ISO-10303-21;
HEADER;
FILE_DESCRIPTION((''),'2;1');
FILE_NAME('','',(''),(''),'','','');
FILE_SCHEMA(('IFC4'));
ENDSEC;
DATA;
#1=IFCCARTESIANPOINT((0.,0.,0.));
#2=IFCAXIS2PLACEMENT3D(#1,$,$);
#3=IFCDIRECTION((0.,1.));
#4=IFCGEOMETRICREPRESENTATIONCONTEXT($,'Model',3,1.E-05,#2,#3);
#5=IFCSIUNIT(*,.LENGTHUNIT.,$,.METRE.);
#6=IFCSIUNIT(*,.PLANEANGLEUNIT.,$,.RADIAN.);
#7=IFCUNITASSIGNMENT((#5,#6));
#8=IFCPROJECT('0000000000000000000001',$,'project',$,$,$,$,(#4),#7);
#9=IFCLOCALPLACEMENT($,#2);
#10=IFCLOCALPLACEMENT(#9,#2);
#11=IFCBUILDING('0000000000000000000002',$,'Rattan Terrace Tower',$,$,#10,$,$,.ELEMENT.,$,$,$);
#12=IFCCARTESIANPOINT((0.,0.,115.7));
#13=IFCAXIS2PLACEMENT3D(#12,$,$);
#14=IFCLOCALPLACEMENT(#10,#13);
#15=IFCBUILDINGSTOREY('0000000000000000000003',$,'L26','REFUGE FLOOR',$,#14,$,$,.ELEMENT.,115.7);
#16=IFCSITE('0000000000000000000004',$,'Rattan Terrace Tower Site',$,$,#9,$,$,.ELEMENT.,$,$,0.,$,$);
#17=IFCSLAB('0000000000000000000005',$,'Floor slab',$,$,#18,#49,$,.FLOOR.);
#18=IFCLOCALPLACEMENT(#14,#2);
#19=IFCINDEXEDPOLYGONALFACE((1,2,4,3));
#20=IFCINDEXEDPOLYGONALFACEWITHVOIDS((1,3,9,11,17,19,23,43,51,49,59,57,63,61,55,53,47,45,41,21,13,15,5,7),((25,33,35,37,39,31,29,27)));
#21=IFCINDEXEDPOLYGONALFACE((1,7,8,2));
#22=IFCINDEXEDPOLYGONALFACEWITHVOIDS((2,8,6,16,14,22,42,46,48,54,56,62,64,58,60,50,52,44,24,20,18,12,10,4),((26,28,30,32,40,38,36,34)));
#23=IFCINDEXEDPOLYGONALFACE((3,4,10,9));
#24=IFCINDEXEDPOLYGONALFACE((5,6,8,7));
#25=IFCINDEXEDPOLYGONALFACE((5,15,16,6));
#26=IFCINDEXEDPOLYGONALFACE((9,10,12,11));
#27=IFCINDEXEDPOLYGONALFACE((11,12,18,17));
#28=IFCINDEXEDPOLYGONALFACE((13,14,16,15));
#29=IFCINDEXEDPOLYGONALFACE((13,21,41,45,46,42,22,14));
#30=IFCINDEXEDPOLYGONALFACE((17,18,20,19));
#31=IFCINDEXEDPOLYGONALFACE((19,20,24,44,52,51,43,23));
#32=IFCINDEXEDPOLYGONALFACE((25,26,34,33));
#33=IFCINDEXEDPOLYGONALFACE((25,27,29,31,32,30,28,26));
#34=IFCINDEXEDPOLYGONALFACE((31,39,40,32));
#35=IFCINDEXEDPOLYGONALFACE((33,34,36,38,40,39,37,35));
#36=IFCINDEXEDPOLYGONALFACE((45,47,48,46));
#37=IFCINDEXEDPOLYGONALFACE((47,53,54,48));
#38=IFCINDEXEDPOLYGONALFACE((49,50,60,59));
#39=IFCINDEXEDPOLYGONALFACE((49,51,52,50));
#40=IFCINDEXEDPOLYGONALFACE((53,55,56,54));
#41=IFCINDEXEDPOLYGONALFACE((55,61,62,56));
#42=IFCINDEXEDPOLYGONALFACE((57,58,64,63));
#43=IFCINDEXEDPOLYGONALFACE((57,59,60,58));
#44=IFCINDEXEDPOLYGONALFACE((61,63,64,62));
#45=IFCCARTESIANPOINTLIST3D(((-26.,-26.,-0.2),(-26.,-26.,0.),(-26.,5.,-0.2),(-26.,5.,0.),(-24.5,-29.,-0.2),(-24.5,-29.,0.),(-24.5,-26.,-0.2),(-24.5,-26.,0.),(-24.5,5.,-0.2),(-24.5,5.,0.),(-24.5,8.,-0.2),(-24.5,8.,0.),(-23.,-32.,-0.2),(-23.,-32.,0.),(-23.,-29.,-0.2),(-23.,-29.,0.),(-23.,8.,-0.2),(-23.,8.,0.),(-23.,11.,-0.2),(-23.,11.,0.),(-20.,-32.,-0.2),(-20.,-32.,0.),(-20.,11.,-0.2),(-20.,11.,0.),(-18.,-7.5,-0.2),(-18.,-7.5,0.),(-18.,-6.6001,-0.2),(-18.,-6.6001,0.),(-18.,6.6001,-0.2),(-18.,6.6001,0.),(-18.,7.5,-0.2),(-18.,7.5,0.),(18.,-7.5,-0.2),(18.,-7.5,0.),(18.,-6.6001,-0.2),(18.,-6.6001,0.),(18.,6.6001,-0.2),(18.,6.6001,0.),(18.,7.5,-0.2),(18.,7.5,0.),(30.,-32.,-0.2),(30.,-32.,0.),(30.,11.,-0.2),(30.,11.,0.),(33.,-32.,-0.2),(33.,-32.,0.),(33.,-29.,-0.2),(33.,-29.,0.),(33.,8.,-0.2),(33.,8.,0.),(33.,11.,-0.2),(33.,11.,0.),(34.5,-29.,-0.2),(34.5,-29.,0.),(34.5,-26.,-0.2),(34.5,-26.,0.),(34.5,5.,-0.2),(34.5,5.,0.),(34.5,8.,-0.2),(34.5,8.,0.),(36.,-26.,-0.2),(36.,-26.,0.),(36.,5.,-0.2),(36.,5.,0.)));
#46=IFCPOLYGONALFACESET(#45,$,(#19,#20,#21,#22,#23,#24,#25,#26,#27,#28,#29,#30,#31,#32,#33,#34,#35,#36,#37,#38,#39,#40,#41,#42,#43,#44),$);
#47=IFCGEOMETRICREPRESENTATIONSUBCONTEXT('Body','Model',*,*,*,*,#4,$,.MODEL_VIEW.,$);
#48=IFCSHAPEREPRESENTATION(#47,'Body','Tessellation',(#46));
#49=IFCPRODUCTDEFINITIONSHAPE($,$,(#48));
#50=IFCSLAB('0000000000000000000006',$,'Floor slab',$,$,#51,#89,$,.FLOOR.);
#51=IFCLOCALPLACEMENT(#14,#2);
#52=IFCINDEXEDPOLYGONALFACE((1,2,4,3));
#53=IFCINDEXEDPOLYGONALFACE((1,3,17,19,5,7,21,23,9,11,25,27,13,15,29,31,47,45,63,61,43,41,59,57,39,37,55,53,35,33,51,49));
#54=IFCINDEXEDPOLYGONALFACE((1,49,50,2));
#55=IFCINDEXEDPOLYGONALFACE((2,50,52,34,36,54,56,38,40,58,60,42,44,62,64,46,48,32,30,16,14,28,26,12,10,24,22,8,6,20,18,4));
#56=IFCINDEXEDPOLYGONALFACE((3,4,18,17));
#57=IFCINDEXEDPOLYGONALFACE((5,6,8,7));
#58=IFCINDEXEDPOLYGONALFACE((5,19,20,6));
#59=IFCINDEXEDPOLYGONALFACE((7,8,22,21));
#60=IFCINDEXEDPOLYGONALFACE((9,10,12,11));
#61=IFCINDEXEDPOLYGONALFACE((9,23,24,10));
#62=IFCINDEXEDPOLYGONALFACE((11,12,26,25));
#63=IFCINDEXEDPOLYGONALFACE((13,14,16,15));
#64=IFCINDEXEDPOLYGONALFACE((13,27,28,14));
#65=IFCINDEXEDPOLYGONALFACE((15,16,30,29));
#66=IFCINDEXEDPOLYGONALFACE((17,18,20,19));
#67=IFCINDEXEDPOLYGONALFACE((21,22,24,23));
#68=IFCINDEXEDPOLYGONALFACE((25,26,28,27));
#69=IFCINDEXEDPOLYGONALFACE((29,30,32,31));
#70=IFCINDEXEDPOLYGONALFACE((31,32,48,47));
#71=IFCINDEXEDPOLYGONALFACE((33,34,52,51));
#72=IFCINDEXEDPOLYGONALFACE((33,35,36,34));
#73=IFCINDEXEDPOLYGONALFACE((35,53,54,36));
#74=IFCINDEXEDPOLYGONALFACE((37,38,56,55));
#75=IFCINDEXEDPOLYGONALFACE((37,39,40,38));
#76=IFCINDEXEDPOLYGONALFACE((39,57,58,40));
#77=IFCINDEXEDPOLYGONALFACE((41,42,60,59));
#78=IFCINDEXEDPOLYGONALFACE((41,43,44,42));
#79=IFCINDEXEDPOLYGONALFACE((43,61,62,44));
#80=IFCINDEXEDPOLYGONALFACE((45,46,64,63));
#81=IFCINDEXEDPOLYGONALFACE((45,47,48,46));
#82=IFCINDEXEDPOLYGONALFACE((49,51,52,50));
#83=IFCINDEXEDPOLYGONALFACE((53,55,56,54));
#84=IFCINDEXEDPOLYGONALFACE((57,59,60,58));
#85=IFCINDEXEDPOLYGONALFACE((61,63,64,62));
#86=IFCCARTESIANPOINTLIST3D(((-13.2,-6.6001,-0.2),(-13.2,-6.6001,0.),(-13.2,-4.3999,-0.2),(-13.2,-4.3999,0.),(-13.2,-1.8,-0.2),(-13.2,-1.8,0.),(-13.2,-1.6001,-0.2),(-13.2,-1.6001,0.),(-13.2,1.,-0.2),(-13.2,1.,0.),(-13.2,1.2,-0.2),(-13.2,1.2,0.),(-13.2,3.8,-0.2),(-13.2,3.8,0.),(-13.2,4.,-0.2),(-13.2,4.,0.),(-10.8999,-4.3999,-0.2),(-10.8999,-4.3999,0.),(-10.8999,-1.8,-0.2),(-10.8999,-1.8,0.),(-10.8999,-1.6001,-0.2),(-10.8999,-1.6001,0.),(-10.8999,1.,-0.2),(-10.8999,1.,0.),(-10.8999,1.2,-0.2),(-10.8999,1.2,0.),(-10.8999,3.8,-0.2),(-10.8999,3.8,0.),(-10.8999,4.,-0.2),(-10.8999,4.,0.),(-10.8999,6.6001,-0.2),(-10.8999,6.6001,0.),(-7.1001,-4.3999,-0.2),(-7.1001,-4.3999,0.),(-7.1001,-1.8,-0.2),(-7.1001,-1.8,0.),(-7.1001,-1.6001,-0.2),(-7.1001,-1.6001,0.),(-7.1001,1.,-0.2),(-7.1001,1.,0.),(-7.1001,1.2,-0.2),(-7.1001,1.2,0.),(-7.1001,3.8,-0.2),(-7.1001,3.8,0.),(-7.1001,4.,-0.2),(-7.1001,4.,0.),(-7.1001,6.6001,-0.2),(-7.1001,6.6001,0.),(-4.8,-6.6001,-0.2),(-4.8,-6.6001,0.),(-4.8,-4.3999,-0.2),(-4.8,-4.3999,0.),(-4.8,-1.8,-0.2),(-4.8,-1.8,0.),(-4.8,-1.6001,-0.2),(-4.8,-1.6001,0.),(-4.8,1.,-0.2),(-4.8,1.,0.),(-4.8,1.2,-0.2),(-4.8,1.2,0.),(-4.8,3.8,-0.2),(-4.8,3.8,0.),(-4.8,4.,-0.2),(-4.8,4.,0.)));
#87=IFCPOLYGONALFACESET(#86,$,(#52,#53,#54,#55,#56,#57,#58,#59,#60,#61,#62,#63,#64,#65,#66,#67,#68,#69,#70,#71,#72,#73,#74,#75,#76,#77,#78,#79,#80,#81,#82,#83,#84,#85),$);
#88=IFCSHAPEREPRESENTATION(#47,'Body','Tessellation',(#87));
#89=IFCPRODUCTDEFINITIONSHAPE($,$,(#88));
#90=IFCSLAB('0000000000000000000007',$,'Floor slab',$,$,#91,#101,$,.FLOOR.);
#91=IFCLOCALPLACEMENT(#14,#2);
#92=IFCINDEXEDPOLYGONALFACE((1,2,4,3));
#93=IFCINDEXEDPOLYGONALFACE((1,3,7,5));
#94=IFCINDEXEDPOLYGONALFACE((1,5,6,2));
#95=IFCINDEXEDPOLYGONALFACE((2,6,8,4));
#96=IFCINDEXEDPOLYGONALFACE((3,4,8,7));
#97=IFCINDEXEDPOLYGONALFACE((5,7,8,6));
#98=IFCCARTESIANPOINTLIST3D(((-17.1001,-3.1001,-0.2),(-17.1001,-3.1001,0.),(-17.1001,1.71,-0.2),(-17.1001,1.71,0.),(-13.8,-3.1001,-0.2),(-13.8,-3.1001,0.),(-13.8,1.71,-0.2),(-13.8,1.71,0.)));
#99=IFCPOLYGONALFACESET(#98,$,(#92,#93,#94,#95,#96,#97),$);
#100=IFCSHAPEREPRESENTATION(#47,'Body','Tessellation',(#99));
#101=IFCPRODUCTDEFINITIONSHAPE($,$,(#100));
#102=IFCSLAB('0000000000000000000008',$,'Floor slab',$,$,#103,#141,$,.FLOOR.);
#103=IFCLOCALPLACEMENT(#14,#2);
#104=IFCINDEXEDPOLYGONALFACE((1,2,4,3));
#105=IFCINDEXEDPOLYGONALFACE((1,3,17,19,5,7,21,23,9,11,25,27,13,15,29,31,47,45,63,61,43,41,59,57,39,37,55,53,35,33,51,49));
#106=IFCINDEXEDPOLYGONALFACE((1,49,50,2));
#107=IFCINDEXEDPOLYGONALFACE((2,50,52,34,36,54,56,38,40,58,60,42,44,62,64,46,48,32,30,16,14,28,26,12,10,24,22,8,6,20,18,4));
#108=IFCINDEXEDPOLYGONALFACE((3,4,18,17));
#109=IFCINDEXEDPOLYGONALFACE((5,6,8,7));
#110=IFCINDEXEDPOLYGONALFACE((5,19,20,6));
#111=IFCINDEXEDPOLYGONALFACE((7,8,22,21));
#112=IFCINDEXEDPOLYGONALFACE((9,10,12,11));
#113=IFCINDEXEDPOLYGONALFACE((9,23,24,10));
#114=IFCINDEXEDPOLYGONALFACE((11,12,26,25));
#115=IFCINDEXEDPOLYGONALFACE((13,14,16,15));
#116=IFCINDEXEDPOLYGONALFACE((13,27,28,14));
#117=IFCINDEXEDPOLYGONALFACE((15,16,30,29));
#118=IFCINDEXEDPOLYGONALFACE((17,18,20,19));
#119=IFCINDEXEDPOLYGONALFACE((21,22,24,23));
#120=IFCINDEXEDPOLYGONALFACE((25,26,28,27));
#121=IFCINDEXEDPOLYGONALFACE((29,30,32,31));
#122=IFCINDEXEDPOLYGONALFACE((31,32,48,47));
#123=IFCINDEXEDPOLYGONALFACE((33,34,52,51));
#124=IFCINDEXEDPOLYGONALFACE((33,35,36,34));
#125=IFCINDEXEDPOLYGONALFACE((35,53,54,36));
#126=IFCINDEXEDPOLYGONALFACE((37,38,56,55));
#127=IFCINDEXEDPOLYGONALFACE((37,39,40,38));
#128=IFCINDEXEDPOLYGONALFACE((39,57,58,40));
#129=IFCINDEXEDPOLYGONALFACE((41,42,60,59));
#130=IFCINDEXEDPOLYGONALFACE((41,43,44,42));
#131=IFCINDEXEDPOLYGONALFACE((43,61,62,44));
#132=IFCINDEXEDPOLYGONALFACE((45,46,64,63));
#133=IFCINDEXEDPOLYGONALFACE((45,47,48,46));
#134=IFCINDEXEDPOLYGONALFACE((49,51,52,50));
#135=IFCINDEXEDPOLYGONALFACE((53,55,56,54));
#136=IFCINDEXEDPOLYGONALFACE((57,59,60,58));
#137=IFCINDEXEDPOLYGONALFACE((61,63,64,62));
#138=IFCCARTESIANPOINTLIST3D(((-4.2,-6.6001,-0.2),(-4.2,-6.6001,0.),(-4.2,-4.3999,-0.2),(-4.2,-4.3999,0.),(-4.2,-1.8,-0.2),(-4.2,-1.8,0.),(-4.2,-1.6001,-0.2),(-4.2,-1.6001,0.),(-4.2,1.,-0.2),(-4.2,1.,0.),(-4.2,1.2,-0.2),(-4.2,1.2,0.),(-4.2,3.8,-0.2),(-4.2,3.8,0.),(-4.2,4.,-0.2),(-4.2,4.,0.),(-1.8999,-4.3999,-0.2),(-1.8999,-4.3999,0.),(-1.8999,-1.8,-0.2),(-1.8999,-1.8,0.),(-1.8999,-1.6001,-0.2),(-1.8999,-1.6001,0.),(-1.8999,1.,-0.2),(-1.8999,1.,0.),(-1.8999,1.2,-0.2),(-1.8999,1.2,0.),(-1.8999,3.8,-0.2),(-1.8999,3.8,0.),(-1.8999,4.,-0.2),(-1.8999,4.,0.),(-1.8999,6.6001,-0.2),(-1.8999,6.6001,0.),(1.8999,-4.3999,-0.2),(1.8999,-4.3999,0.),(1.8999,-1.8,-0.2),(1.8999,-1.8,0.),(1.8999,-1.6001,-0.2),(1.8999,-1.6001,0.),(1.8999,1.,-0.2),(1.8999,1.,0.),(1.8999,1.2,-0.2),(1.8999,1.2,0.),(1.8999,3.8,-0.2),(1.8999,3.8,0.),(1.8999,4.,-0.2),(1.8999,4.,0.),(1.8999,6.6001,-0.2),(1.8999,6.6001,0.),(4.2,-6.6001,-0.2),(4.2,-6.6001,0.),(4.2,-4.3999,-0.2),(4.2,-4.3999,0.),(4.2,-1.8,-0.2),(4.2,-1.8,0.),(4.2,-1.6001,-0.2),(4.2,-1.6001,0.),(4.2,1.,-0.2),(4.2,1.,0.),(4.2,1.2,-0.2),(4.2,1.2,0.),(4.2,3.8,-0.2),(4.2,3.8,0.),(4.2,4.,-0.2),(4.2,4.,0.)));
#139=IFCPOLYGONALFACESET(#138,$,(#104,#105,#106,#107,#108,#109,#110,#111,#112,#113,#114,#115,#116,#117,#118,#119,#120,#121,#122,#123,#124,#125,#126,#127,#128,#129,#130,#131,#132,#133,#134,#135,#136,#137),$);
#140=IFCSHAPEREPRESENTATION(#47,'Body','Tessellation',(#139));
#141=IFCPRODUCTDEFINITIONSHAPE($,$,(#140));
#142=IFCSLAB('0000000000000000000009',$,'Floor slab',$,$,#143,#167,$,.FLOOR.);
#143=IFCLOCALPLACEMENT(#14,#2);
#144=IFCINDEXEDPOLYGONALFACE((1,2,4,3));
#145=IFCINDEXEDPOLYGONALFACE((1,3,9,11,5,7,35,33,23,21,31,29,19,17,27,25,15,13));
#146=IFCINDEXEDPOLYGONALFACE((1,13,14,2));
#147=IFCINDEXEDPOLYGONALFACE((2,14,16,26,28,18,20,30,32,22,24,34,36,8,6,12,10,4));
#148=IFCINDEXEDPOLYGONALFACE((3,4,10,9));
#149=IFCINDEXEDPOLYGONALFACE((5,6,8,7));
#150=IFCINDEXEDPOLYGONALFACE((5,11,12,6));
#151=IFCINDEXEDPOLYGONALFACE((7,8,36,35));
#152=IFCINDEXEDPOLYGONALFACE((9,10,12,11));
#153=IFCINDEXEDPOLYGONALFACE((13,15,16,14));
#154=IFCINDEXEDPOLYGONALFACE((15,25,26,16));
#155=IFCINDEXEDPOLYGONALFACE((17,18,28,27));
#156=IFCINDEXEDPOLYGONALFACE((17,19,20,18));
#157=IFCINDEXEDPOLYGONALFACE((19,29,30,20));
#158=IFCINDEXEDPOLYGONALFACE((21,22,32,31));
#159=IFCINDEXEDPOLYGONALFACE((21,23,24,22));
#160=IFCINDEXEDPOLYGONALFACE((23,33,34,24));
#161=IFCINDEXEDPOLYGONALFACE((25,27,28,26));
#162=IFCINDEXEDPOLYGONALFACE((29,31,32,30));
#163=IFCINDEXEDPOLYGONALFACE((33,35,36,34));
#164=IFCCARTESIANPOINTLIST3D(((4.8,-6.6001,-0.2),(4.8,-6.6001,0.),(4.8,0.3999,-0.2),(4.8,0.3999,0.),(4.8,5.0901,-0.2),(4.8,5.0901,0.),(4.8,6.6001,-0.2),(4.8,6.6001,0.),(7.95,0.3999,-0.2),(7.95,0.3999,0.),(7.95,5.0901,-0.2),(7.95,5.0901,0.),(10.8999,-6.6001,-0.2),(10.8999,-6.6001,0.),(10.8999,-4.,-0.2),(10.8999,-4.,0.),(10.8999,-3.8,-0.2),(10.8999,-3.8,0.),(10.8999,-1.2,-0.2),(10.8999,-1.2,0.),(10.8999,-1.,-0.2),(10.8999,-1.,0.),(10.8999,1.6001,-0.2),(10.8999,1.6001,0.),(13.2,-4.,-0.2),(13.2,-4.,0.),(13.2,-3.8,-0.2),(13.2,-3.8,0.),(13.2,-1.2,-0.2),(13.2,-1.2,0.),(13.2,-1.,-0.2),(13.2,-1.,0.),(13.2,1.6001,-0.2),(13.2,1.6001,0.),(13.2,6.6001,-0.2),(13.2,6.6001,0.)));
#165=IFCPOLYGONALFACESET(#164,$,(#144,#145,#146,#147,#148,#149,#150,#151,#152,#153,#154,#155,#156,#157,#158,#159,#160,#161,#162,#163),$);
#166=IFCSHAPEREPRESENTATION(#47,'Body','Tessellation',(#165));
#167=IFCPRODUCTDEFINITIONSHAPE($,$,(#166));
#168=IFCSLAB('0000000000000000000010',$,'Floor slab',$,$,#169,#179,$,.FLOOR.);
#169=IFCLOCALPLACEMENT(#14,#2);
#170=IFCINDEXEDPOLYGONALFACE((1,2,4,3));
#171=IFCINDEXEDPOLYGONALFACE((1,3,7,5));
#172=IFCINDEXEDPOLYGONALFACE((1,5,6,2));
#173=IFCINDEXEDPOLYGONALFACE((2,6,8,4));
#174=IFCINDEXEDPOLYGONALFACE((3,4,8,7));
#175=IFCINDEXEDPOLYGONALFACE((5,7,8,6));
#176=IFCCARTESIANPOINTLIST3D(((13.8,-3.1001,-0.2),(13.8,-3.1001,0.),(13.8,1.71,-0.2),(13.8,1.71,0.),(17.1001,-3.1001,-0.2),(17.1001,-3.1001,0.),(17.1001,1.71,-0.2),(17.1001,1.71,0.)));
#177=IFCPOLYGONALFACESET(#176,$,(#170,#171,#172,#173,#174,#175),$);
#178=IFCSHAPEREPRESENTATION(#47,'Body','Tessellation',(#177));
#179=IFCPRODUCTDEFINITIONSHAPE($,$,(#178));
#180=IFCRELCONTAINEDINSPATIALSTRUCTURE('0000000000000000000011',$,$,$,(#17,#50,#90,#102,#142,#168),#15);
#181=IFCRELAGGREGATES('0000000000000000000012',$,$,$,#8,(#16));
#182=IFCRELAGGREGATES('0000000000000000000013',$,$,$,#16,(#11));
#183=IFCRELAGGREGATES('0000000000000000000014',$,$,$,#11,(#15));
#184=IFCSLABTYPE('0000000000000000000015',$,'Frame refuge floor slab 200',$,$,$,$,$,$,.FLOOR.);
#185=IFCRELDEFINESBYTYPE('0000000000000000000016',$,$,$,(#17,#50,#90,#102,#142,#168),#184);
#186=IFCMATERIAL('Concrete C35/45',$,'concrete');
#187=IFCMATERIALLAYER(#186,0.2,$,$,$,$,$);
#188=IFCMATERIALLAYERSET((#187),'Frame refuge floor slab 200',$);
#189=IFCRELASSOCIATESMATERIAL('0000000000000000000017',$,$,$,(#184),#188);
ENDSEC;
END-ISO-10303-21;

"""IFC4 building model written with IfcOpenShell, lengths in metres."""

from ifc_helpers import new_model, si_unit, direction, frame, origin, place, context, subcontext, project, spatial, polyline, outline, extrude, material, layer, layer_set, type_object, element, save


model = new_model("IFC4")

# Units and contexts
model_context = context("Model", 3, precision=1e-05, world=origin(), true_north=direction((0.0, 1.0)))
body_context = subcontext(model_context, "Body", "Model", "MODEL_VIEW")
ifc_project = project(units=[si_unit("LENGTHUNIT", "METRE"), si_unit("PLANEANGLEUNIT", "RADIAN")], contexts=[model_context])

# Site, building, storey
site_placement = place(None, origin())
site = spatial("IfcSite", under=ifc_project, at=site_placement, Name="Rattan Terrace Tower Site", CompositionType="ELEMENT", RefElevation=0.0)
building_placement = place(site_placement, origin())
building = spatial("IfcBuilding", under=site, at=building_placement, Name="Rattan Terrace Tower", CompositionType="ELEMENT")
storey_placement = place(building_placement, frame((0.0, 0.0, 115.7)))
storey = spatial("IfcBuildingStorey", under=building, at=storey_placement, Name="L26", Description="REFUGE FLOOR", CompositionType="ELEMENT", Elevation=115.7)

# Slabs
ifc_material_1 = material(Name="Concrete C35/45", Category="concrete")
ifc_layer_1 = layer(ifc_material_1, 0.2)
ifc_layer_set_1 = layer_set([ifc_layer_1], Name="Frame refuge floor slab 200")
slab_type_1 = type_object("IfcSlabType", Name="Frame refuge floor slab 200", PredefinedType="FLOOR", material=ifc_layer_set_1)
slab_1_placement = place(storey_placement, frame((0.0, 0.0, -0.2)))
element("IfcSlab", 1, at=slab_1_placement, inside=storey, type_object=slab_type_1, Name="Floor slab", PredefinedType="FLOOR", context=body_context, shape_type="SweptSolid", body=[
    extrude(outline(polyline([(-20.0, -32.0), (30.0, -32.0), (33.0, -32.0), (33.0, -29.0), (34.5, -29.0), (34.5, -26.0), (36.0, -26.0), (36.0, 5.0), (34.5, 5.0), (34.5, 8.0), (33.0, 8.0), (33.0, 11.0), (30.0, 11.0), (-20.0, 11.0), (-23.0, 11.0), (-23.0, 8.0), (-24.5, 8.0), (-24.5, 5.0), (-26.0, 5.0), (-26.0, -26.0), (-24.5, -26.0), (-24.5, -29.0), (-23.0, -29.0), (-23.0, -32.0), (-20.0, -32.0)]), holes=[polyline([(-18.0, -6.6001), (-18.0, -7.5), (18.0, -7.5), (18.0, -6.6001), (18.0, 6.6001), (18.0, 7.5), (-18.0, 7.5), (-18.0, 6.6001), (-18.0, -6.6001)])]), origin(), (0.0, 0.0, 1.0), 0.2),
])
slab_2_placement = place(storey_placement, frame((0.0, 0.0, -0.2)))
element("IfcSlab", 2, at=slab_2_placement, inside=storey, type_object=slab_type_1, Name="Floor slab", PredefinedType="FLOOR", context=body_context, shape_type="SweptSolid", body=[
    extrude(outline(polyline([(-10.8999, 6.6001), (-10.8999, 4.0), (-13.2, 4.0), (-13.2, 3.8), (-10.8999, 3.8), (-10.8999, 1.2), (-13.2, 1.2), (-13.2, 1.0), (-10.8999, 1.0), (-10.8999, -1.6001), (-13.2, -1.6001), (-13.2, -1.8), (-10.8999, -1.8), (-10.8999, -4.3999), (-13.2, -4.3999), (-13.2, -6.6001), (-4.8, -6.6001), (-4.8, -4.3999), (-7.1001, -4.3999), (-7.1001, -1.8), (-4.8, -1.8), (-4.8, -1.6001), (-7.1001, -1.6001), (-7.1001, 1.0), (-4.8, 1.0), (-4.8, 1.2), (-7.1001, 1.2), (-7.1001, 3.8), (-4.8, 3.8), (-4.8, 4.0), (-7.1001, 4.0), (-7.1001, 6.6001), (-10.8999, 6.6001)])), origin(), (0.0, 0.0, 1.0), 0.2),
])
slab_3_placement = place(storey_placement, frame((0.0, 0.0, -0.2)))
element("IfcSlab", 3, at=slab_3_placement, inside=storey, type_object=slab_type_1, Name="Floor slab", PredefinedType="FLOOR", context=body_context, shape_type="SweptSolid", body=[
    extrude(outline(polyline([(-17.1001, -3.1001), (-13.8, -3.1001), (-13.8, 1.71), (-17.1001, 1.71), (-17.1001, -3.1001)])), origin(), (0.0, 0.0, 1.0), 0.2),
])
slab_4_placement = place(storey_placement, frame((0.0, 0.0, -0.2)))
element("IfcSlab", 4, at=slab_4_placement, inside=storey, type_object=slab_type_1, Name="Floor slab", PredefinedType="FLOOR", context=body_context, shape_type="SweptSolid", body=[
    extrude(outline(polyline([(-4.2, 4.0), (-4.2, 3.8), (-1.8999, 3.8), (-1.8999, 1.2), (-4.2, 1.2), (-4.2, 1.0), (-1.8999, 1.0), (-1.8999, -1.6001), (-4.2, -1.6001), (-4.2, -1.8), (-1.8999, -1.8), (-1.8999, -4.3999), (-4.2, -4.3999), (-4.2, -6.6001), (4.2, -6.6001), (4.2, -4.3999), (1.8999, -4.3999), (1.8999, -1.8), (4.2, -1.8), (4.2, -1.6001), (1.8999, -1.6001), (1.8999, 1.0), (4.2, 1.0), (4.2, 1.2), (1.8999, 1.2), (1.8999, 3.8), (4.2, 3.8), (4.2, 4.0), (1.8999, 4.0), (1.8999, 6.6001), (-1.8999, 6.6001), (-1.8999, 4.0), (-4.2, 4.0)])), origin(), (0.0, 0.0, 1.0), 0.2),
])
slab_5_placement = place(storey_placement, frame((0.0, 0.0, -0.2)))
element("IfcSlab", 5, at=slab_5_placement, inside=storey, type_object=slab_type_1, Name="Floor slab", PredefinedType="FLOOR", context=body_context, shape_type="SweptSolid", body=[
    extrude(outline(polyline([(4.8, 5.0901), (7.95, 5.0901), (7.95, 0.3999), (4.8, 0.3999), (4.8, -6.6001), (10.8999, -6.6001), (10.8999, -4.0), (13.2, -4.0), (13.2, -3.8), (10.8999, -3.8), (10.8999, -1.2), (13.2, -1.2), (13.2, -1.0), (10.8999, -1.0), (10.8999, 1.6001), (13.2, 1.6001), (13.2, 6.6001), (4.8, 6.6001), (4.8, 5.0901)])), origin(), (0.0, 0.0, 1.0), 0.2),
])
slab_6_placement = place(storey_placement, frame((0.0, 0.0, -0.2)))
element("IfcSlab", 6, at=slab_6_placement, inside=storey, type_object=slab_type_1, Name="Floor slab", PredefinedType="FLOOR", context=body_context, shape_type="SweptSolid", body=[
    extrude(outline(polyline([(13.8, -3.1001), (17.1001, -3.1001), (17.1001, 1.71), (13.8, 1.71), (13.8, -3.1001)])), origin(), (0.0, 0.0, 1.0), 0.2),
])

save(model, "model.ifc")
